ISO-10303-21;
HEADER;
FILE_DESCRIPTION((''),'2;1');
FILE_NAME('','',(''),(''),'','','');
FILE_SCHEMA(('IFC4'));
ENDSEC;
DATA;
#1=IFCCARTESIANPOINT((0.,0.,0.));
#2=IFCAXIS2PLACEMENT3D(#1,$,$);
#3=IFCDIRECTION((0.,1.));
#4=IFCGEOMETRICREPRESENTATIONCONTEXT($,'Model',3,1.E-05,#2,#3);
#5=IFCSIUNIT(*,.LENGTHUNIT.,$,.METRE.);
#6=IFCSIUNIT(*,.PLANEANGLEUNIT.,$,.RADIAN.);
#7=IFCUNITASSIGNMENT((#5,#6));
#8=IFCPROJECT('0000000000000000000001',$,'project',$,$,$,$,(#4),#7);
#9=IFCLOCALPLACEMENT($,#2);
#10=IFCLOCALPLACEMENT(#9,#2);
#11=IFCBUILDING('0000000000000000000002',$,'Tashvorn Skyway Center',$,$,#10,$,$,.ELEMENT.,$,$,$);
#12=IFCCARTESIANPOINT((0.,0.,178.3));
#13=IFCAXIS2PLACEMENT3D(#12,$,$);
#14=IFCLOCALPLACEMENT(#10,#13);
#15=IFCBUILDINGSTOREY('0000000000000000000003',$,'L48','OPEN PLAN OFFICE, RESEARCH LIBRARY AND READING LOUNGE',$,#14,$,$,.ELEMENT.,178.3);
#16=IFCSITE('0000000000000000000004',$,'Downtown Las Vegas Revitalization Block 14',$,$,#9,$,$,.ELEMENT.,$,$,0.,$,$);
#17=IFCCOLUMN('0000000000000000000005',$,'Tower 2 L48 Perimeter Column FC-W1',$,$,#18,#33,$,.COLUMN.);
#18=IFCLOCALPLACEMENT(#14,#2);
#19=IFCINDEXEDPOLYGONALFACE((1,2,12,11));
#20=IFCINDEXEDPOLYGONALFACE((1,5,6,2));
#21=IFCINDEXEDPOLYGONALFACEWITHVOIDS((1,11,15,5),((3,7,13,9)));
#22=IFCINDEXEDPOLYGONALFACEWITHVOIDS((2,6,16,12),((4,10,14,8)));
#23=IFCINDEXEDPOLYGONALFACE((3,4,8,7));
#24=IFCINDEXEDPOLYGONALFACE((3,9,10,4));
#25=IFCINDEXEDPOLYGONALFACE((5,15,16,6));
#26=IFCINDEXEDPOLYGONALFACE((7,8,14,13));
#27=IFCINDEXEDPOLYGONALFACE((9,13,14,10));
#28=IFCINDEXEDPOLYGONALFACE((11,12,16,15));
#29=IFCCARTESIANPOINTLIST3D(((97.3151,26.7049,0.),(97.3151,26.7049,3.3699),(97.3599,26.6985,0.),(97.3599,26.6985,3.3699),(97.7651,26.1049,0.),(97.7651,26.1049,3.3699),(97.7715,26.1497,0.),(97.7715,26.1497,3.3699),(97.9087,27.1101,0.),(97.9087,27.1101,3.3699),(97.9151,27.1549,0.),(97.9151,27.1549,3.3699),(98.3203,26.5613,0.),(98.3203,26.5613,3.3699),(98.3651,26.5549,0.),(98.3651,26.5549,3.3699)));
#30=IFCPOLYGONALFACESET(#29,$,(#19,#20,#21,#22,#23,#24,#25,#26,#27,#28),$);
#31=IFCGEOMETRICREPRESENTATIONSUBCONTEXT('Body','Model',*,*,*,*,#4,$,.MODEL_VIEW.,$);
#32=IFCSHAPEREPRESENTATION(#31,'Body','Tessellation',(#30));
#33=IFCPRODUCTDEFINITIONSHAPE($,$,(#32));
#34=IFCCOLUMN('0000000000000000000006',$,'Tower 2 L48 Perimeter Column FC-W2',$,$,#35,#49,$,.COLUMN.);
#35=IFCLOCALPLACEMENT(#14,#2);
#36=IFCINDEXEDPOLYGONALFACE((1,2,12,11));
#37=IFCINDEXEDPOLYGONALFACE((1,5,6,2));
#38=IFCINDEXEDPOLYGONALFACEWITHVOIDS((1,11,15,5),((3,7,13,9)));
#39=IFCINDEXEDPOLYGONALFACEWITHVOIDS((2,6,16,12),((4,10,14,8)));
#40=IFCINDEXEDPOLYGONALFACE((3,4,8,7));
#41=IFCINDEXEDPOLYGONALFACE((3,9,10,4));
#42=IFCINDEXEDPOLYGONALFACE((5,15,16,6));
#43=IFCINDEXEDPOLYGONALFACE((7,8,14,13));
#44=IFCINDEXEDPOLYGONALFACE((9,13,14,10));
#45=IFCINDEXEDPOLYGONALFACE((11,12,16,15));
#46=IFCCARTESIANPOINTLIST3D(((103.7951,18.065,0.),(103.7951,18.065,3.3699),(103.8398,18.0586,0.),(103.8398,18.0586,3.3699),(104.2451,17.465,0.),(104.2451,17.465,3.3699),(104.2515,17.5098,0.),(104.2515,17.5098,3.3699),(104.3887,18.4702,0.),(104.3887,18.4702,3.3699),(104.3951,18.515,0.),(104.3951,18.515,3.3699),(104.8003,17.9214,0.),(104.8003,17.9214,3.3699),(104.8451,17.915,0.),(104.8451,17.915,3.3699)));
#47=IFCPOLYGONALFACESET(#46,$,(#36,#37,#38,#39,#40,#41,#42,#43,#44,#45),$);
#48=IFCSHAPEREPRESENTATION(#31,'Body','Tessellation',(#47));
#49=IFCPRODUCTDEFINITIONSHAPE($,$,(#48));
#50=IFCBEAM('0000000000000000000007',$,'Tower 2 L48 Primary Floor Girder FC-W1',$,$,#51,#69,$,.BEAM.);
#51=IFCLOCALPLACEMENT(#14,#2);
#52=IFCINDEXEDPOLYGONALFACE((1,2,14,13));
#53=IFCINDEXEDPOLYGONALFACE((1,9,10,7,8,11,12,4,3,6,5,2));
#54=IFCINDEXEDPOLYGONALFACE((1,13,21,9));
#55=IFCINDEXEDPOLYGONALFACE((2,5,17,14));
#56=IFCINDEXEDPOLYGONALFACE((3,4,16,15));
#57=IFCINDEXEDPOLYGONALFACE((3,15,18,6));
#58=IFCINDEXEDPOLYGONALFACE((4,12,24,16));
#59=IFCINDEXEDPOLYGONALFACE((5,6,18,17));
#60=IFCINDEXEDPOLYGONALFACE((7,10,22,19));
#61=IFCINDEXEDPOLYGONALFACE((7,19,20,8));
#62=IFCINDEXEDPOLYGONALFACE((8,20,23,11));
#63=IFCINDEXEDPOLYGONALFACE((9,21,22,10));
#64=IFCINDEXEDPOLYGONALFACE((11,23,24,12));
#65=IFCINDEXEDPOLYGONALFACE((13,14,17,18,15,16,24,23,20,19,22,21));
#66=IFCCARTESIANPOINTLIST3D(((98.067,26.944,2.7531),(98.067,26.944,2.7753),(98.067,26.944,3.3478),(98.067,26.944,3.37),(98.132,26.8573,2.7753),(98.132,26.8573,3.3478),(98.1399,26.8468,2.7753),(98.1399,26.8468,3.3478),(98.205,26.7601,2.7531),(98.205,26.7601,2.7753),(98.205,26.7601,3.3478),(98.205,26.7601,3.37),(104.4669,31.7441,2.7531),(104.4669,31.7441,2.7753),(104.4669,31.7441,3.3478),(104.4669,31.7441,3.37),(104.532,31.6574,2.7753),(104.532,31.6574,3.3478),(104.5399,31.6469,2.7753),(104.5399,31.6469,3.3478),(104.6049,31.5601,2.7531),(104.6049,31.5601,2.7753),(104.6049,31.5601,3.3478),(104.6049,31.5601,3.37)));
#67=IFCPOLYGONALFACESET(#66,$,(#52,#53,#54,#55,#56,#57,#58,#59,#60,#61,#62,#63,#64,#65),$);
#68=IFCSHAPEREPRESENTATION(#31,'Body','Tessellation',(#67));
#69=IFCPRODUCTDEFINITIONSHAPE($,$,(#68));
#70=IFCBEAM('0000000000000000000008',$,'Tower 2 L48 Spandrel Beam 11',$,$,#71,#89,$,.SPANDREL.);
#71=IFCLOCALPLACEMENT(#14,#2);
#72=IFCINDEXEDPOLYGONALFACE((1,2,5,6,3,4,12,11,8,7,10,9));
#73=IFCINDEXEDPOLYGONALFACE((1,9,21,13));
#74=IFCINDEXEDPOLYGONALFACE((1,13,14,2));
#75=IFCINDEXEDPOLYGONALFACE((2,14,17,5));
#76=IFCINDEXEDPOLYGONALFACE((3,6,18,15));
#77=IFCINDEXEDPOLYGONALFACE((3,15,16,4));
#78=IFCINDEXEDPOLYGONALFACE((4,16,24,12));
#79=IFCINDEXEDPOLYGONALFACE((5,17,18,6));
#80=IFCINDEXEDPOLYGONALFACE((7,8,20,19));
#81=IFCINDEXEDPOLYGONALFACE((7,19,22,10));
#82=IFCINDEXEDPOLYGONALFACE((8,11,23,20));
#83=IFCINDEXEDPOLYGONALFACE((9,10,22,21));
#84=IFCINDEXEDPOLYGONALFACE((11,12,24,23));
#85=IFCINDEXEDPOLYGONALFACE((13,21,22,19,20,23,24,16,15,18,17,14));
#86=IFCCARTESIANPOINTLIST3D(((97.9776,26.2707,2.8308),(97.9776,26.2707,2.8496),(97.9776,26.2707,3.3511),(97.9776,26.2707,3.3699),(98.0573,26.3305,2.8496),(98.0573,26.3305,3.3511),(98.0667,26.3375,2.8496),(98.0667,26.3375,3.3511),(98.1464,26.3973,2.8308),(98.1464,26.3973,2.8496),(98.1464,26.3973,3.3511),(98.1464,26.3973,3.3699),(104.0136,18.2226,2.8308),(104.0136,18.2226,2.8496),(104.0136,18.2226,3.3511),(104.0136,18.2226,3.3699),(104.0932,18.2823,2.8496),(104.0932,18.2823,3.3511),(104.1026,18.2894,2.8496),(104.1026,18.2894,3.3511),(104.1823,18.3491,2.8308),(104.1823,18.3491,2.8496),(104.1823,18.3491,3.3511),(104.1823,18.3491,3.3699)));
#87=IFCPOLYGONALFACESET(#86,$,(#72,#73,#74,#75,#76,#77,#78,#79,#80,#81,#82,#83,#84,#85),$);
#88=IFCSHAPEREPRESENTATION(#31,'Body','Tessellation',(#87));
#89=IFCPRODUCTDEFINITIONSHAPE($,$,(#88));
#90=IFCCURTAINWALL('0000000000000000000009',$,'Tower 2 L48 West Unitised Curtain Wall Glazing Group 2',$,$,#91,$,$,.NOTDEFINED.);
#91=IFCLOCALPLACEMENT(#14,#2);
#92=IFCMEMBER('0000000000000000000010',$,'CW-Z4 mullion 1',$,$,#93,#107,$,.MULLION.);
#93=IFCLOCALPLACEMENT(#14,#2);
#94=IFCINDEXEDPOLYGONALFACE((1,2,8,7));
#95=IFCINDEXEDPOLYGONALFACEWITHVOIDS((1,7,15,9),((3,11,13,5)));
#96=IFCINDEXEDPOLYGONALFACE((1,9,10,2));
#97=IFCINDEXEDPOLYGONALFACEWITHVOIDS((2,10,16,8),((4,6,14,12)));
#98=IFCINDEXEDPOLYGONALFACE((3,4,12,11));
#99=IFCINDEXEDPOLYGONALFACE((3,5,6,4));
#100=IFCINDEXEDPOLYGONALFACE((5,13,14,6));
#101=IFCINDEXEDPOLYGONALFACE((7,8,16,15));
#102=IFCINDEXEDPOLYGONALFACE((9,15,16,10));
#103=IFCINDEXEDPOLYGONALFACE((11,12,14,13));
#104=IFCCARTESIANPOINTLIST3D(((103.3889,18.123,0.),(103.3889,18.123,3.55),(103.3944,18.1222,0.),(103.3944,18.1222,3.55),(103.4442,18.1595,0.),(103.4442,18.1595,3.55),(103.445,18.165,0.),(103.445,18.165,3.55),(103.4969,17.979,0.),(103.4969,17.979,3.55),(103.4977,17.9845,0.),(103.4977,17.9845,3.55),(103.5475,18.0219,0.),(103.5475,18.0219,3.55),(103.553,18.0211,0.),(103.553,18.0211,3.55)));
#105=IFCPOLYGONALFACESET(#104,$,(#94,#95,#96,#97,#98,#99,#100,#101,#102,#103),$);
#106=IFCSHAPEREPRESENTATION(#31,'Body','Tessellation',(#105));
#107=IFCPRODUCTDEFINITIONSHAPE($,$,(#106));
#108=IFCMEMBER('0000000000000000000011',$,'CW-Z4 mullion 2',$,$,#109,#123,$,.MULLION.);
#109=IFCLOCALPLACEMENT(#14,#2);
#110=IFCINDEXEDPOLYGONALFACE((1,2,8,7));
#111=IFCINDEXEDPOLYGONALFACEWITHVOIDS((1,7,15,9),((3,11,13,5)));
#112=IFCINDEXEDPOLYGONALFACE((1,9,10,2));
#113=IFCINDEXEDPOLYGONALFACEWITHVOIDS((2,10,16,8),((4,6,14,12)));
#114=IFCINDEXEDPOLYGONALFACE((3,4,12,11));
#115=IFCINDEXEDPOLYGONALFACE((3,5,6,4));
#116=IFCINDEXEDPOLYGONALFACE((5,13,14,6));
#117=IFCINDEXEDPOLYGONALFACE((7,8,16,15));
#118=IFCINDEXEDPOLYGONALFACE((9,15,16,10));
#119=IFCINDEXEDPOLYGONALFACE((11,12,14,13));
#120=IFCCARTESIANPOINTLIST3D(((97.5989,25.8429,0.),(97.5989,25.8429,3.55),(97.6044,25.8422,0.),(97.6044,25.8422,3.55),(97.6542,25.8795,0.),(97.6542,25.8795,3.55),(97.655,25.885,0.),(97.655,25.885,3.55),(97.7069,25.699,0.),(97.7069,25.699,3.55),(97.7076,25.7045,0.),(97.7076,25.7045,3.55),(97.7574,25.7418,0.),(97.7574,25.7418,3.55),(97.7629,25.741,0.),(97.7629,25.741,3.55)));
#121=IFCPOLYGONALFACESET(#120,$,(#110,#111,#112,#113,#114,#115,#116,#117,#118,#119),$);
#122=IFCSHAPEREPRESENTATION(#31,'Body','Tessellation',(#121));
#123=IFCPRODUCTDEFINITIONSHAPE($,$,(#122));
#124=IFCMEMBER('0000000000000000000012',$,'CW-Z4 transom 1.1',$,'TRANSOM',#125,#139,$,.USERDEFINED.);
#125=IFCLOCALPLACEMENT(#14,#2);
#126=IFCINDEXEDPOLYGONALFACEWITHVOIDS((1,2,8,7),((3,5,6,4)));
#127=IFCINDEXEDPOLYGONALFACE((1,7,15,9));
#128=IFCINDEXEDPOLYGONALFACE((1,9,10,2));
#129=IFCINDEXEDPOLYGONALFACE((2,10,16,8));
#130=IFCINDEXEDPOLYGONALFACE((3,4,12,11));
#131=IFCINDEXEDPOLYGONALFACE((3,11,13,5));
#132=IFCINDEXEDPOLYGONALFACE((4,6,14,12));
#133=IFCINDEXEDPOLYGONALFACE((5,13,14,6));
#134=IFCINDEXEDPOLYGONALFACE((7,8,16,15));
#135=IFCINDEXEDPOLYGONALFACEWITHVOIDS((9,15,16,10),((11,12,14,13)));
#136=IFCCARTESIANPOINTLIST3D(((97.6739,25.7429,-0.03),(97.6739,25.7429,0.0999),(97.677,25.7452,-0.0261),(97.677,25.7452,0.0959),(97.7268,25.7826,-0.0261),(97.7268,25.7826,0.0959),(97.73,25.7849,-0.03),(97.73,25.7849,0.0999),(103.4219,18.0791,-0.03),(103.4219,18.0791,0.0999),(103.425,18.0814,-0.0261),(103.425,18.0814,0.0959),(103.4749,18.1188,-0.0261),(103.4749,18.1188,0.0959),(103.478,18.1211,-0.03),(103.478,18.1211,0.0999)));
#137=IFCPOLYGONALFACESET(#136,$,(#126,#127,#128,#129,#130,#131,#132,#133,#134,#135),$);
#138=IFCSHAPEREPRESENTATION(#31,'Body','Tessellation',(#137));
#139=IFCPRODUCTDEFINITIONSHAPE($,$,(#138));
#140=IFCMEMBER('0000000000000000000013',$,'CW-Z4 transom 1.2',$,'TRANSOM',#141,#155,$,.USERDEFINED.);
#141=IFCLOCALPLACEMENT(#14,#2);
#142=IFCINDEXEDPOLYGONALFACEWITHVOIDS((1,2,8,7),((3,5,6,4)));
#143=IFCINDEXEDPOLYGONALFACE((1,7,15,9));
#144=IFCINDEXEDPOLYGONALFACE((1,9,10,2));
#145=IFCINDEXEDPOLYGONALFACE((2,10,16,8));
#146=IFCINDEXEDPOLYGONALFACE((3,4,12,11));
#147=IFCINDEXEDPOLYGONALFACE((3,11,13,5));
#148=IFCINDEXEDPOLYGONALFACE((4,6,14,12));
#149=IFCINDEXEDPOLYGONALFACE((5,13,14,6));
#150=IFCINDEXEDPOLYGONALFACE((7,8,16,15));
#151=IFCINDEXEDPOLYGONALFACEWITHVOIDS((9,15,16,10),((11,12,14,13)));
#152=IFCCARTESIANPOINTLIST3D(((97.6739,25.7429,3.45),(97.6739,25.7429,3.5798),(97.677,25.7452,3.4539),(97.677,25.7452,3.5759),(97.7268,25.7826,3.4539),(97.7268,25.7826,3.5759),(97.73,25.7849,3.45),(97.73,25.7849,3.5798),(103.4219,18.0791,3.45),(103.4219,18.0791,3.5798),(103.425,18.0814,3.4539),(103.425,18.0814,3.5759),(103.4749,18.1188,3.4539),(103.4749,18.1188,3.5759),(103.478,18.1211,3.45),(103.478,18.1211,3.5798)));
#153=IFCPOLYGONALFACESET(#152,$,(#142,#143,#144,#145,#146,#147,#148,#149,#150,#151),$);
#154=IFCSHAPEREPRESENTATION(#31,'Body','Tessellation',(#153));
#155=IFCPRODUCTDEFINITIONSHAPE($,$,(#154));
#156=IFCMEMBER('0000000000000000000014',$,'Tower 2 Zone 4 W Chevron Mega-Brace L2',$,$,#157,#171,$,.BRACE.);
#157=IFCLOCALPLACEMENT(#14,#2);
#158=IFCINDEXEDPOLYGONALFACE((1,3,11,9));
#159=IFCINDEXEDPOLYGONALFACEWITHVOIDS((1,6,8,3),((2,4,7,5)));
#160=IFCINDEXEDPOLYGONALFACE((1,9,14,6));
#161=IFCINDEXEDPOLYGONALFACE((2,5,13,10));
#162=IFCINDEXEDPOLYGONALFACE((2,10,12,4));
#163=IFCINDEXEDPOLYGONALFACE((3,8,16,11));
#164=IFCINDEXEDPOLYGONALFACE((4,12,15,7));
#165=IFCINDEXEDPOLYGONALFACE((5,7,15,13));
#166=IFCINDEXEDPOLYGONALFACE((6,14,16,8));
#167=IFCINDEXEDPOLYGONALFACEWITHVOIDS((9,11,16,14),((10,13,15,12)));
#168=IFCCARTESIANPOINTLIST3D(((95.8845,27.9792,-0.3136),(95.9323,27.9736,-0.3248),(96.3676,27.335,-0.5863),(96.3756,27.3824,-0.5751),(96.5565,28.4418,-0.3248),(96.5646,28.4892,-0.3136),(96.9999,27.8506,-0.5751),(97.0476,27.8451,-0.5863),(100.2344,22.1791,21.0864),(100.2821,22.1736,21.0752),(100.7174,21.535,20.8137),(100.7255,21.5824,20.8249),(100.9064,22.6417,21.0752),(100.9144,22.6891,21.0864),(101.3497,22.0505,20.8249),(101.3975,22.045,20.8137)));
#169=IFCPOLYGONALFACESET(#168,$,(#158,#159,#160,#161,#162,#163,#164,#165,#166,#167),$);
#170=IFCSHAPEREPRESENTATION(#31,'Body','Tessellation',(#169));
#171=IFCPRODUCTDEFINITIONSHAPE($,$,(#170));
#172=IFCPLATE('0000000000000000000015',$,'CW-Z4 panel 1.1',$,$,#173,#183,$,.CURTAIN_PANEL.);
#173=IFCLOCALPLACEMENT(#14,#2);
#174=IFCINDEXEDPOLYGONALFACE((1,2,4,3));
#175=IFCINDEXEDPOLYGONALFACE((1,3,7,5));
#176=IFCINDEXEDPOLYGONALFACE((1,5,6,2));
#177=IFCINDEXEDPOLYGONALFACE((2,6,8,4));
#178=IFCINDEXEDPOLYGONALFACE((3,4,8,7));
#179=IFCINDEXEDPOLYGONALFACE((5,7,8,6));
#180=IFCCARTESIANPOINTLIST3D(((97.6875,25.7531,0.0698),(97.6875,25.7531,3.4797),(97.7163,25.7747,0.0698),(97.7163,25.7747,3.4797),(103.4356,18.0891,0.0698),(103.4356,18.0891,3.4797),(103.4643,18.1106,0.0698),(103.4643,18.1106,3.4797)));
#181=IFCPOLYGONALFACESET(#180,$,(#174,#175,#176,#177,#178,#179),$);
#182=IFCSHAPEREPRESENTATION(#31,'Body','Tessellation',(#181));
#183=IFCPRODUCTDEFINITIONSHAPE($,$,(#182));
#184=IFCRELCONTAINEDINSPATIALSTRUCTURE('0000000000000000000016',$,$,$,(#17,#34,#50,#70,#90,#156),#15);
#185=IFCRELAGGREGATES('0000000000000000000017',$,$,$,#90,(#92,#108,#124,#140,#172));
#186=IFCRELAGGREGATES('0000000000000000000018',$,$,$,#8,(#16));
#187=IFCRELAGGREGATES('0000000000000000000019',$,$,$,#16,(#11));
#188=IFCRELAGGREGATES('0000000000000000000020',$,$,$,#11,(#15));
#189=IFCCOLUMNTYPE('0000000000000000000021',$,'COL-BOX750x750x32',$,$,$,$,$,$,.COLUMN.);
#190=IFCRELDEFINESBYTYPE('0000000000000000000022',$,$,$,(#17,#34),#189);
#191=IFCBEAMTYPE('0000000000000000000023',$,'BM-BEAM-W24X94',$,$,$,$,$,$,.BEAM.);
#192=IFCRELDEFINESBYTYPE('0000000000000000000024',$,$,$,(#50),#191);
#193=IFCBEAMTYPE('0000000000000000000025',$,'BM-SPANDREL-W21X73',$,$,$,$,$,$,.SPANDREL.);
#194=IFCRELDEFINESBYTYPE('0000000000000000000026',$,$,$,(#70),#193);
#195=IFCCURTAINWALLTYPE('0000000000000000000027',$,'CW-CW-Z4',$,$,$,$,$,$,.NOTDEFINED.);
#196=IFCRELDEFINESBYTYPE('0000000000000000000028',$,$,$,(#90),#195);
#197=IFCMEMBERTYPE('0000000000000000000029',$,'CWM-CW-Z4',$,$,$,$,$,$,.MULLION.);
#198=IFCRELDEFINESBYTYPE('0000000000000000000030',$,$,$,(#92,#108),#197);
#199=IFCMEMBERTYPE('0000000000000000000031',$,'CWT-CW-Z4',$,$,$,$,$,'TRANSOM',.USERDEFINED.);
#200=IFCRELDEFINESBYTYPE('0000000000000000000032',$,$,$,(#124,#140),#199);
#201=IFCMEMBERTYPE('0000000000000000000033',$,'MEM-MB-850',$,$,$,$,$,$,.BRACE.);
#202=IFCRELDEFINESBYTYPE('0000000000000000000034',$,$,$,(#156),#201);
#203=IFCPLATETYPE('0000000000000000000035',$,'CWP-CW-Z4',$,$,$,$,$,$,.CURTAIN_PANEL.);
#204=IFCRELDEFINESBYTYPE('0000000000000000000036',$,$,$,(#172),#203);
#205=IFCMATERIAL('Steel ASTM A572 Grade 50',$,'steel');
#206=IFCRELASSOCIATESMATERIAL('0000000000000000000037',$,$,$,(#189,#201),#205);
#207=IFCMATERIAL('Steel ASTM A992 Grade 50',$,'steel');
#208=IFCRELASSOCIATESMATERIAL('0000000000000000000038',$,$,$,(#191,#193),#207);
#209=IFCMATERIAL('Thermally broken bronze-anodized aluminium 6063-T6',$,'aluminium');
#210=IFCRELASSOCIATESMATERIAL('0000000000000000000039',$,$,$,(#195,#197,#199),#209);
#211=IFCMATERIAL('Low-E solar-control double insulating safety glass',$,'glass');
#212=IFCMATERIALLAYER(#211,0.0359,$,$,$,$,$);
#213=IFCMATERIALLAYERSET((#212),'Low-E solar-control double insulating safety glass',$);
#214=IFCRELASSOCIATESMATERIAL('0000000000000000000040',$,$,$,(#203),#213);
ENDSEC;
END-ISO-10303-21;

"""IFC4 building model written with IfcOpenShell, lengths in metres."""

from ifc_helpers import new_model, si_unit, direction, frame, origin, origin_2d, place, context, subcontext, project, spatial, rectangle, hollow_rectangle, i_section, extrude, material, layer, layer_set, material_profile, profile_set, type_object, element, aggregate, save


model = new_model("IFC4")

# Units and contexts
model_context = context("Model", 3, precision=1e-05, world=origin(), true_north=direction((0.0, 1.0)))
body_context = subcontext(model_context, "Body", "Model", "MODEL_VIEW")
ifc_project = project(units=[si_unit("LENGTHUNIT", "METRE"), si_unit("PLANEANGLEUNIT", "RADIAN")], contexts=[model_context])

# Site, building, storey
site_placement = place(None, origin())
site = spatial("IfcSite", under=ifc_project, at=site_placement, Name="Downtown Las Vegas Revitalization Block 14", CompositionType="ELEMENT", RefElevation=0.0)
building_placement = place(site_placement, origin())
building = spatial("IfcBuilding", under=site, at=building_placement, Name="Tashvorn Skyway Center", CompositionType="ELEMENT")
storey_placement = place(building_placement, frame((0.0, 0.0, 178.3)))
storey = spatial("IfcBuildingStorey", under=building, at=storey_placement, Name="L48", Description="OPEN PLAN OFFICE, RESEARCH LIBRARY AND READING LOUNGE", CompositionType="ELEMENT", Elevation=178.3)

# Columns
ifc_material_1 = material(Name="Steel ASTM A572 Grade 50", Category="steel")
ifc_material_profile_1 = material_profile(ifc_material_1, hollow_rectangle(XDim=0.75, YDim=0.75, WallThickness=0.032, at=origin_2d()), Name="BOX750x750x32")
ifc_profile_set_1 = profile_set([ifc_material_profile_1], Name="Steel ASTM A572 Grade 50")
column_type = type_object("IfcColumnType", Name="COL-BOX750x750x32", PredefinedType="COLUMN", material=ifc_profile_set_1)
for number, where, z_axis, x_axis, name in (
    (1, (97.8401, 26.6299, 0.0), (0.0, 0.0, 1.0), (0.8, 0.6, 0.0), "Tower 2 L48 Perimeter Column FC-W1"),
    (2, (104.3201, 17.99, 0.0), (0.0, 0.0, 1.0), (0.8, 0.6, 0.0), "Tower 2 L48 Perimeter Column FC-W2"),
):
    element("IfcColumn", number, at=place(storey_placement, frame(where, z_axis=z_axis, x_axis=x_axis)), inside=storey, type_object=column_type, Name=name, PredefinedType="COLUMN", context=body_context, shape_type="SweptSolid", body=[
        extrude(hollow_rectangle(XDim=0.75, YDim=0.75, WallThickness=0.032, at=origin_2d()), origin(), (0.0, 0.0, 1.0), 3.3699),
    ])

# Beams
ifc_material_2 = material(Name="Steel ASTM A992 Grade 50", Category="steel")
ifc_material_profile_2 = material_profile(ifc_material_2, i_section(OverallWidth=0.23, OverallDepth=0.6169, WebThickness=0.0132, FlangeThickness=0.0222, at=origin_2d()), Name="W24X94")
ifc_profile_set_2 = profile_set([ifc_material_profile_2], Name="Steel ASTM A992 Grade 50")
beam_type_1 = type_object("IfcBeamType", Name="BM-BEAM-W24X94", PredefinedType="BEAM", material=ifc_profile_set_2)
beam_1_placement = place(storey_placement, frame((98.136, 26.8521, 3.0615), z_axis=(0.799993, 0.60001, 0.0), x_axis=(-0.60001, 0.799993, 0.0)))
element("IfcBeam", 3, at=beam_1_placement, inside=storey, type_object=beam_type_1, Name="Tower 2 L48 Primary Floor Girder FC-W1", PredefinedType="BEAM", context=body_context, shape_type="SweptSolid", body=[
    extrude(i_section(OverallWidth=0.23, OverallDepth=0.6169, WebThickness=0.0132, FlangeThickness=0.0222, at=origin_2d()), origin(), (0.0, 0.0, 1.0), 8.0),
])
ifc_material_profile_3 = material_profile(ifc_material_2, i_section(OverallWidth=0.2109, OverallDepth=0.5391, WebThickness=0.0117, FlangeThickness=0.0188, at=origin_2d()), Name="W21X73")
ifc_profile_set_3 = profile_set([ifc_material_profile_3], Name="Steel ASTM A992 Grade 50")
beam_type_2 = type_object("IfcBeamType", Name="BM-SPANDREL-W21X73", PredefinedType="SPANDREL", material=ifc_profile_set_3)
beam_2_placement = place(storey_placement, frame((98.062, 26.334, 3.1003), z_axis=(0.599988, -0.800009, 0.0), x_axis=(0.800009, 0.599988, 0.0)))
element("IfcBeam", 4, at=beam_2_placement, inside=storey, type_object=beam_type_2, Name="Tower 2 L48 Spandrel Beam 11", PredefinedType="SPANDREL", context=body_context, shape_type="SweptSolid", body=[
    extrude(i_section(OverallWidth=0.2109, OverallDepth=0.5391, WebThickness=0.0117, FlangeThickness=0.0188, at=origin_2d()), origin(), (0.0, 0.0, 1.0), 10.0601),
])

# Curtain wall, members
ifc_material_3 = material(Name="Thermally broken bronze-anodized aluminium 6063-T6", Category="aluminium")
curtain_wall_type = type_object("IfcCurtainWallType", Name="CW-CW-Z4", PredefinedType="NOTDEFINED", material=ifc_material_3)
curtain_wall_placement = place(storey_placement, origin())
curtain_wall = element("IfcCurtainWall", 5, at=curtain_wall_placement, inside=storey, type_object=curtain_wall_type, Name="Tower 2 L48 West Unitised Curtain Wall Glazing Group 2", PredefinedType="NOTDEFINED")
ifc_material_profile_4 = material_profile(ifc_material_3, hollow_rectangle(XDim=0.0701, YDim=0.1799, WallThickness=0.0039, at=origin_2d()), Name="ALU-MULL-70x180")
ifc_profile_set_4 = profile_set([ifc_material_profile_4], Name="Thermally broken bronze-anodized aluminium 6063-T6")
member_type_1 = type_object("IfcMemberType", Name="CWM-CW-Z4", PredefinedType="MULLION", material=ifc_profile_set_4)
member_1_placement = place(storey_placement, frame((103.4709, 18.072, 0.0), z_axis=(0.0, 0.0, 1.0), x_axis=(-0.8, -0.6, 0.0)))
member_1 = element("IfcMember", 6, at=member_1_placement, type_object=member_type_1, Name="CW-Z4 mullion 1", PredefinedType="MULLION", context=body_context, shape_type="SweptSolid", body=[
    extrude(hollow_rectangle(XDim=0.0701, YDim=0.1799, WallThickness=0.0039, at=origin_2d()), origin(), (0.0, 0.0, 1.0), 3.55),
])
member_2_placement = place(storey_placement, frame((97.6809, 25.792, 0.0), z_axis=(0.0, 0.0, 1.0), x_axis=(-0.8, -0.6, 0.0)))
member_2 = element("IfcMember", 7, at=member_2_placement, type_object=member_type_1, Name="CW-Z4 mullion 2", PredefinedType="MULLION", context=body_context, shape_type="SweptSolid", body=[
    extrude(hollow_rectangle(XDim=0.0701, YDim=0.1799, WallThickness=0.0039, at=origin_2d()), origin(), (0.0, 0.0, 1.0), 3.55),
])
ifc_material_profile_5 = material_profile(ifc_material_3, hollow_rectangle(XDim=0.0701, YDim=0.1299, WallThickness=0.0039, at=origin_2d()), Name="ALU-TRAN-70x130")
ifc_profile_set_5 = profile_set([ifc_material_profile_5], Name="Thermally broken bronze-anodized aluminium 6063-T6")
member_type_2 = type_object("IfcMemberType", Name="CWT-CW-Z4", ElementType="TRANSOM", PredefinedType="USERDEFINED", material=ifc_profile_set_5)
member_3_placement = place(storey_placement, frame((103.45, 18.1001, 0.0349), z_axis=(-0.600012, 0.799991, 0.0), x_axis=(-0.799991, -0.600012, 0.0)))
member_3 = element("IfcMember", 8, at=member_3_placement, type_object=member_type_2, Name="CW-Z4 transom 1.1", ObjectType="TRANSOM", PredefinedType="USERDEFINED", context=body_context, shape_type="SweptSolid", body=[
    extrude(hollow_rectangle(XDim=0.0701, YDim=0.1299, WallThickness=0.0039, at=origin_2d()), origin(), (0.0, 0.0, 1.0), 9.5798),
])
member_4_placement = place(storey_placement, frame((103.45, 18.1001, 3.5149), z_axis=(-0.600012, 0.799991, 0.0), x_axis=(-0.799991, -0.600012, 0.0)))
member_4 = element("IfcMember", 9, at=member_4_placement, type_object=member_type_2, Name="CW-Z4 transom 1.2", ObjectType="TRANSOM", PredefinedType="USERDEFINED", context=body_context, shape_type="SweptSolid", body=[
    extrude(hollow_rectangle(XDim=0.0701, YDim=0.1299, WallThickness=0.0039, at=origin_2d()), origin(), (0.0, 0.0, 1.0), 9.5798),
])

# Member
ifc_material_profile_6 = material_profile(ifc_material_1, hollow_rectangle(XDim=0.8501, YDim=0.8501, WallThickness=0.0349, at=origin_2d()), Name="BOX850x850x35")
ifc_profile_set_6 = profile_set([ifc_material_profile_6], Name="Steel ASTM A572 Grade 50")
member_type_3 = type_object("IfcMemberType", Name="MEM-MB-850", PredefinedType="BRACE", material=ifc_profile_set_6)
member_5_placement = place(storey_placement, frame((96.4661, 27.9121, -0.45), z_axis=(0.192517, -0.2567, 0.947123), x_axis=(0.800012, 0.599984, 0.0)))
element("IfcMember", 10, at=member_5_placement, inside=storey, type_object=member_type_3, Name="Tower 2 Zone 4 W Chevron Mega-Brace L2", PredefinedType="BRACE", context=body_context, shape_type="SweptSolid", body=[
    extrude(hollow_rectangle(XDim=0.8501, YDim=0.8501, WallThickness=0.0349, at=origin_2d()), origin(), (0.0, 0.0, 1.0), 22.5947),
])

# Plate
ifc_material_4 = material(Name="Low-E solar-control double insulating safety glass", Category="glass")
ifc_layer_1 = layer(ifc_material_4, 0.0359)
ifc_layer_set_1 = layer_set([ifc_layer_1], Name="Low-E solar-control double insulating safety glass")
plate_type_1 = type_object("IfcPlateType", Name="CWP-CW-Z4", PredefinedType="CURTAIN_PANEL", material=ifc_layer_set_1)
plate_1_placement = place(storey_placement, frame((100.5759, 21.9319, 0.0698), z_axis=(0.0, 0.0, 1.0), x_axis=(-0.6, 0.8, 0.0)))
plate_1 = element("IfcPlate", 11, at=plate_1_placement, type_object=plate_type_1, Name="CW-Z4 panel 1.1", PredefinedType="CURTAIN_PANEL", context=body_context, shape_type="SweptSolid", body=[
    extrude(rectangle(XDim=9.5801, YDim=0.0359, at=origin_2d()), origin(), (0.0, 0.0, 1.0), 3.4099),
])
aggregate(curtain_wall, [member_1, member_2, member_3, member_4, plate_1])

save(model, "model.ifc")
